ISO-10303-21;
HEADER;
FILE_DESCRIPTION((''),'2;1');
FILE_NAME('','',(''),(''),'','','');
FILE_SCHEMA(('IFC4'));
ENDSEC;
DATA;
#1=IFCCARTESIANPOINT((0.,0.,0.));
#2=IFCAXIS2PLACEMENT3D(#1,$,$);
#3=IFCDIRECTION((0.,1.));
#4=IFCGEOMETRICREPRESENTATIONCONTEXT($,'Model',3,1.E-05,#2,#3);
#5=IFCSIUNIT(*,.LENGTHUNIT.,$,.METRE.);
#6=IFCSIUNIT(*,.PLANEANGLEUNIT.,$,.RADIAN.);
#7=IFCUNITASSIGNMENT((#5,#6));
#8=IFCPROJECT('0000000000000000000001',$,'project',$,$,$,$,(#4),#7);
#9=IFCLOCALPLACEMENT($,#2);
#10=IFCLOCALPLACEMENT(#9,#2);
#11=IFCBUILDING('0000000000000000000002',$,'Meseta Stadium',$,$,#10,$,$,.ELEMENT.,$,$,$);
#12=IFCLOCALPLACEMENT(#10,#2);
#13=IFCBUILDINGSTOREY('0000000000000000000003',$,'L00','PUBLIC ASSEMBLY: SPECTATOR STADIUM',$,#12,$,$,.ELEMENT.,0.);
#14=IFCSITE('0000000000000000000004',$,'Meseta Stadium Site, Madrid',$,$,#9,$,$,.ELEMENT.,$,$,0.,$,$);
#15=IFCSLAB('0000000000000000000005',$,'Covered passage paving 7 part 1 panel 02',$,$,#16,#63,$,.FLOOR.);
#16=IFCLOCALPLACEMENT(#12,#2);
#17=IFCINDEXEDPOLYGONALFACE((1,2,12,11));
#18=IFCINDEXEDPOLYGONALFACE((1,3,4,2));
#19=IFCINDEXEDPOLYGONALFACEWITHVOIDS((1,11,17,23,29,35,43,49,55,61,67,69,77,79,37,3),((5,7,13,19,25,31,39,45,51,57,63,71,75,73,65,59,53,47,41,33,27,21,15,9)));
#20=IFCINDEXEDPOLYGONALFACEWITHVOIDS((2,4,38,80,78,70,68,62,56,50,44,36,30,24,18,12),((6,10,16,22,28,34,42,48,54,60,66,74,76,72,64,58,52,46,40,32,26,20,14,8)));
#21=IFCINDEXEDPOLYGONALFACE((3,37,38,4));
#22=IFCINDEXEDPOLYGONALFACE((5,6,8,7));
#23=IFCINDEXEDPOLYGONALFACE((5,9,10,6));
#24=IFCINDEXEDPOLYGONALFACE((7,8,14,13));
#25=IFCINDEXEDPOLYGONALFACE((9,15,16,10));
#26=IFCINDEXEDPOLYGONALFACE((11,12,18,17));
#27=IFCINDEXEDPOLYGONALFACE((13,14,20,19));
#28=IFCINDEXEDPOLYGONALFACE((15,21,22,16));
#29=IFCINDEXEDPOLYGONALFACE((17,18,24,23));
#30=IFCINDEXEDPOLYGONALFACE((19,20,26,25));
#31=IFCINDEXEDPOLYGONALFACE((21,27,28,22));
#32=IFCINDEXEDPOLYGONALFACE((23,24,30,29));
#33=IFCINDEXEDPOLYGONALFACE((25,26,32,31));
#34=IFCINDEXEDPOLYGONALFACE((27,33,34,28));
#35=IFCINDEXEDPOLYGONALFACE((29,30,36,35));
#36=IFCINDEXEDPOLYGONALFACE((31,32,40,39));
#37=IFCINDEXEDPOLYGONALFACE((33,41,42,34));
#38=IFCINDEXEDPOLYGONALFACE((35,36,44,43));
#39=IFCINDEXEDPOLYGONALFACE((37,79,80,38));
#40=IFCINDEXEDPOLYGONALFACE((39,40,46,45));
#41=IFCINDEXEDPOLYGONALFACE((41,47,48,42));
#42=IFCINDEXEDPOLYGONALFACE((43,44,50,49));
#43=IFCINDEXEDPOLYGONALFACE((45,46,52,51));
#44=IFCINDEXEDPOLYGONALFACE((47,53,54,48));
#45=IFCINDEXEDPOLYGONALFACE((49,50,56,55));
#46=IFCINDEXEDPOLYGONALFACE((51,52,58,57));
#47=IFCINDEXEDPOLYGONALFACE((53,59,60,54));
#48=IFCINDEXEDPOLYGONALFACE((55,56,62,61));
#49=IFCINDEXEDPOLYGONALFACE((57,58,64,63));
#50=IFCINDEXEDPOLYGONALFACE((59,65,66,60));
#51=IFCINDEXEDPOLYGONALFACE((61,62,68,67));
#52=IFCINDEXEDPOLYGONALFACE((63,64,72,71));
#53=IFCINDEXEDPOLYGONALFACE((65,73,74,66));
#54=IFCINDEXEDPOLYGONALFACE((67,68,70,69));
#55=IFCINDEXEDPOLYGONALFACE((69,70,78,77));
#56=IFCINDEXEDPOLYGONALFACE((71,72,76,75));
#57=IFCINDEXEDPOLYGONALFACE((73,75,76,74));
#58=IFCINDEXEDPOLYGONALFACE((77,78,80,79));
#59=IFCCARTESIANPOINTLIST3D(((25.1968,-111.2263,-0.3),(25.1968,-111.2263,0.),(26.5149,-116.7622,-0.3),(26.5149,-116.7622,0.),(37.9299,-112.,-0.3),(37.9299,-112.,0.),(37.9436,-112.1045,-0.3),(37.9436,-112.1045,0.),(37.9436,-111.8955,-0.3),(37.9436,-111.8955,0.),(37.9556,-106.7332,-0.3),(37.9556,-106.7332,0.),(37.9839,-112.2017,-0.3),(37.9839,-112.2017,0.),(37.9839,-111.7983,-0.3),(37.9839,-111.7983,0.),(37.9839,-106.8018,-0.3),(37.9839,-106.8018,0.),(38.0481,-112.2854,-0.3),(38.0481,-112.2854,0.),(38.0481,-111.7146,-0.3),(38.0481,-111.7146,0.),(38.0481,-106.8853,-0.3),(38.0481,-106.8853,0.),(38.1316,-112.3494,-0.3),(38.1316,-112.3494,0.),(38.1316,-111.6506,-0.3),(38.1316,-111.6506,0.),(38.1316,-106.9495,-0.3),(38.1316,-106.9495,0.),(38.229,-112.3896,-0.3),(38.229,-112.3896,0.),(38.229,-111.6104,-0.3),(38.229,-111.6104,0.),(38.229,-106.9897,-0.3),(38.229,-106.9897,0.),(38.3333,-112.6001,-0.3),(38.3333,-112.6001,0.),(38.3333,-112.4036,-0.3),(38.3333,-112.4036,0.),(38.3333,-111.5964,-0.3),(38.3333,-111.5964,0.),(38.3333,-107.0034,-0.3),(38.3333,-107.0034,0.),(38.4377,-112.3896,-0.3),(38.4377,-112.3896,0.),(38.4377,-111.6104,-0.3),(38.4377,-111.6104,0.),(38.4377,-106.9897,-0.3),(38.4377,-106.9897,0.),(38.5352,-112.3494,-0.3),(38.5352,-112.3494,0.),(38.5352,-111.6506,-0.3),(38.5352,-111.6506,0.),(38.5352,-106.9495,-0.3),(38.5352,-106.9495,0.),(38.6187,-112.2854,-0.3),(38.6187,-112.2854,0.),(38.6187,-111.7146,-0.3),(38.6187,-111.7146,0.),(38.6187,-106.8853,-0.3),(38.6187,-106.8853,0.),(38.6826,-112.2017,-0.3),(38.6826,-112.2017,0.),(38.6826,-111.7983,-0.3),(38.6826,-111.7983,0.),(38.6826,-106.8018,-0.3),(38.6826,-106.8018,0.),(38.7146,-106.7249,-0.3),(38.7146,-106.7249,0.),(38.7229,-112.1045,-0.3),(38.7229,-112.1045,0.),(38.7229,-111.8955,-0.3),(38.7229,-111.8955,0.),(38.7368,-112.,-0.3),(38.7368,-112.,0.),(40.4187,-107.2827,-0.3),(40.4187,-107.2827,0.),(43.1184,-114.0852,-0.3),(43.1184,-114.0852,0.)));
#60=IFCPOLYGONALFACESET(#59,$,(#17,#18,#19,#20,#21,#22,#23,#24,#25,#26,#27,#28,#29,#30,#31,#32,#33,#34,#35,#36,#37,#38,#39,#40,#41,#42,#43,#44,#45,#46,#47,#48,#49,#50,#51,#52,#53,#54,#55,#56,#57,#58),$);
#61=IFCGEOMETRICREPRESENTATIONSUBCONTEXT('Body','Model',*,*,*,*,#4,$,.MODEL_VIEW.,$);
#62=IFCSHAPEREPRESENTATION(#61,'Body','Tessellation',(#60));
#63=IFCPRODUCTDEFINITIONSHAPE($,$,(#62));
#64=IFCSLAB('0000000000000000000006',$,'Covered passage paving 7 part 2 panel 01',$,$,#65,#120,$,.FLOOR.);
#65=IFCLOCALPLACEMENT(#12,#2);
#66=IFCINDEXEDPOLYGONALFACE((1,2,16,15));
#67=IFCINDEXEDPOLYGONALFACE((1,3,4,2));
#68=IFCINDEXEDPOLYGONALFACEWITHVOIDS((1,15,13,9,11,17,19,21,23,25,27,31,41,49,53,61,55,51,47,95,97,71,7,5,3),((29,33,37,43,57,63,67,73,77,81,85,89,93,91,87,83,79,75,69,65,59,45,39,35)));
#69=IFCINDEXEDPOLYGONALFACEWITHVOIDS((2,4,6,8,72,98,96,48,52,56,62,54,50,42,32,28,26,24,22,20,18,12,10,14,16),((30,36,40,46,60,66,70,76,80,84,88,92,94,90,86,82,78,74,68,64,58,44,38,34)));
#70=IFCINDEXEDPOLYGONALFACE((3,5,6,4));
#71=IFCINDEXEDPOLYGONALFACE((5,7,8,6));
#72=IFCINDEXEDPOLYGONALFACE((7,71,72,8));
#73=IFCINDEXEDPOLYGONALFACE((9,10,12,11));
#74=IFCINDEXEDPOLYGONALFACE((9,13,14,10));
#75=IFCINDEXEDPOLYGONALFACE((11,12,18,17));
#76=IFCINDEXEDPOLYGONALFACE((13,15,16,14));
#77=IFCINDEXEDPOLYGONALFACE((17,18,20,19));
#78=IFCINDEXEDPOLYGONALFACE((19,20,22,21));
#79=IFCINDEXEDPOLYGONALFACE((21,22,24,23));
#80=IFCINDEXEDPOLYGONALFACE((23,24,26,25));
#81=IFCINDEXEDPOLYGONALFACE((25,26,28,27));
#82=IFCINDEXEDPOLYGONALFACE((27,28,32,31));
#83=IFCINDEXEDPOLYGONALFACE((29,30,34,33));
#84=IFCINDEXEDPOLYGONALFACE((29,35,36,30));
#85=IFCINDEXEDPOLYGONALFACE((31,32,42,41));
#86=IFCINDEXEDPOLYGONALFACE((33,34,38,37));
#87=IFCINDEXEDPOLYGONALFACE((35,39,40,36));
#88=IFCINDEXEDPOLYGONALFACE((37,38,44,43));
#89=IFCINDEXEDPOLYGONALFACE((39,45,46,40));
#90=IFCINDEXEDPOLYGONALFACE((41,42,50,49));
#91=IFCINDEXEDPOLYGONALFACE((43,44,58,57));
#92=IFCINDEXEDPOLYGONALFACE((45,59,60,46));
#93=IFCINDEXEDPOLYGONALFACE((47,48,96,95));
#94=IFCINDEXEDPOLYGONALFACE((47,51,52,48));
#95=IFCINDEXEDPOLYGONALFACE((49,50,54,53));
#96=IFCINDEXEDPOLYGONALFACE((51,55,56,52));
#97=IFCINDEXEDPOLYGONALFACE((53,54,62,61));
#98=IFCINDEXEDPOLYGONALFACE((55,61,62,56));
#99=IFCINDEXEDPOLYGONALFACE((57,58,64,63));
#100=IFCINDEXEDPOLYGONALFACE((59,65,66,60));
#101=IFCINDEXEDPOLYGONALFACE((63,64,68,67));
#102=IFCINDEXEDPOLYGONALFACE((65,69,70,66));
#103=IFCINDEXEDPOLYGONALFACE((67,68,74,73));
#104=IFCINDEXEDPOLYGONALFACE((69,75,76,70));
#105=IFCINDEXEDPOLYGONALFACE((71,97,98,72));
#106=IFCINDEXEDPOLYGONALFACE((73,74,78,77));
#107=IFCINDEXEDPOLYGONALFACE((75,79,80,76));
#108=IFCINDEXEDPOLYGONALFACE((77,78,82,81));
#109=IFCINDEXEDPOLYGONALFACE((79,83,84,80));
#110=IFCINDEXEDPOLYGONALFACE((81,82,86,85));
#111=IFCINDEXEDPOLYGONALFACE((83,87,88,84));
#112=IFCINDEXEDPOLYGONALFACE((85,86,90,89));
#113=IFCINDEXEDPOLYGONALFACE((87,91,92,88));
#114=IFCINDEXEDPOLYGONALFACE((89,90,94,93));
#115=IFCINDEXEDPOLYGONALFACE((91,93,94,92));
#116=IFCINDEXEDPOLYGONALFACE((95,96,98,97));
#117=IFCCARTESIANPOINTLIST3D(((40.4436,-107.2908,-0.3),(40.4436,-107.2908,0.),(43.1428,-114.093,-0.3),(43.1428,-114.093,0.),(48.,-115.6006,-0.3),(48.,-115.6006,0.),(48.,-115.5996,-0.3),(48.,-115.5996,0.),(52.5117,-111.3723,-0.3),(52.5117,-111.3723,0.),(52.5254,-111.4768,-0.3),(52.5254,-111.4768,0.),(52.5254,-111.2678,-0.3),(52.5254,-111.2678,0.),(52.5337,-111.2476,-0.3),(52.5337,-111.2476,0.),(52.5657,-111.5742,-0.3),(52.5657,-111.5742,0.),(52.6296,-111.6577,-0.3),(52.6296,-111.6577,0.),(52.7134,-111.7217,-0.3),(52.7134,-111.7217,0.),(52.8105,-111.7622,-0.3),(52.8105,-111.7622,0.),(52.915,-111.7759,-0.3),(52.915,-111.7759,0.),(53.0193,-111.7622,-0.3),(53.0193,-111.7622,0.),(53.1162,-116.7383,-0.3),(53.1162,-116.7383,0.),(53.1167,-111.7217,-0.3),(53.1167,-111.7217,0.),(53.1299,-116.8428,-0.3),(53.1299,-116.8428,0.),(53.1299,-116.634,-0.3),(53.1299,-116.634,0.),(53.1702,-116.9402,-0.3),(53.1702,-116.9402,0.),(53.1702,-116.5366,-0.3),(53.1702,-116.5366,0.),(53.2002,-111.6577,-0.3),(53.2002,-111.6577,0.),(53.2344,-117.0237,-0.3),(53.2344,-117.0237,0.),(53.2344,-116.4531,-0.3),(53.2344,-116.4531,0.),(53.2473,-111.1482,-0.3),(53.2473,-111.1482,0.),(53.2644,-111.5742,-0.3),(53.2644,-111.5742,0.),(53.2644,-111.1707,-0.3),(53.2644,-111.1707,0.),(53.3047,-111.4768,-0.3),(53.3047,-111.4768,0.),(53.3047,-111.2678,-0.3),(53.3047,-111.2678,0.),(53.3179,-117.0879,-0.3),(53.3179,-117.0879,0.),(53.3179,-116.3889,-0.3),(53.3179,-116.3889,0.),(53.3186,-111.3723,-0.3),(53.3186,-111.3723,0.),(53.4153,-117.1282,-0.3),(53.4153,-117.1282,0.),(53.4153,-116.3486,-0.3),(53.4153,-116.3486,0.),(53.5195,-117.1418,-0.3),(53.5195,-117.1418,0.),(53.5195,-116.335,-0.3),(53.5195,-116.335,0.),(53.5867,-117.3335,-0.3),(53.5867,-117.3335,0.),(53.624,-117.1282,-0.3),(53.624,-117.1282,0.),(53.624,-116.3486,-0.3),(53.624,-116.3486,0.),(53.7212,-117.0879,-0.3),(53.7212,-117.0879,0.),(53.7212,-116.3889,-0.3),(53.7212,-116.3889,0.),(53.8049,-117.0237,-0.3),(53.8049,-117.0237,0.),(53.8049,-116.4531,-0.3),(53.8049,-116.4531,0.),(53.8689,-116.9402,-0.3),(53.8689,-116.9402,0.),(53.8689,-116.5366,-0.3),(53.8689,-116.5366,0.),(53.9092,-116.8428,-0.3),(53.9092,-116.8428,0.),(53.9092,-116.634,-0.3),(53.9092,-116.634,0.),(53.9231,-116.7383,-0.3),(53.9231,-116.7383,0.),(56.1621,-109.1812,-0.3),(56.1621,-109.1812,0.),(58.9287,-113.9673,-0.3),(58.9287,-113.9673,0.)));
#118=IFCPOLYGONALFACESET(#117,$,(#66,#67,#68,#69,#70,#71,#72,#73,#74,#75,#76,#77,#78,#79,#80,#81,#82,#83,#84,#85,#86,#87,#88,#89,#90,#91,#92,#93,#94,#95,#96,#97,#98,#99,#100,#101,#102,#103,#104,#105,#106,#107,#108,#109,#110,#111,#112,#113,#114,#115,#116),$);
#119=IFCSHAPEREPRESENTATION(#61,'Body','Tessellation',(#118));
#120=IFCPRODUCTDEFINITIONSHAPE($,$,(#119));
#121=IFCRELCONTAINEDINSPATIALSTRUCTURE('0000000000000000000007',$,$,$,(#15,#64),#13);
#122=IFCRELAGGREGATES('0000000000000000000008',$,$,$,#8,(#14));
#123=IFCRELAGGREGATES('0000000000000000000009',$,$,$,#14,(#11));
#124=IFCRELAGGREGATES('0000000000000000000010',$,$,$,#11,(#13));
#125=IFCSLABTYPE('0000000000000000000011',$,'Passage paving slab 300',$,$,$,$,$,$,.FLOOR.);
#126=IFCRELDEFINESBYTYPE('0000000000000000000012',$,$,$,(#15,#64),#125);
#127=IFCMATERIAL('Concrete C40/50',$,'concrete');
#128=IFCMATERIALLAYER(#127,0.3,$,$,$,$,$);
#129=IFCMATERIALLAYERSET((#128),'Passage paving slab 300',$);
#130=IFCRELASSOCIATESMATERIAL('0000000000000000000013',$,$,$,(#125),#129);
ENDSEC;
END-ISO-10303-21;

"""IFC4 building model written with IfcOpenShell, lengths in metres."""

from ifc_helpers import new_model, si_unit, direction, frame, origin, place, context, subcontext, project, spatial, polyline, outline, extrude, material, layer, layer_set, type_object, element, save


model = new_model("IFC4")

# Units and contexts
model_context = context("Model", 3, precision=1e-05, world=origin(), true_north=direction((0.0, 1.0)))
body_context = subcontext(model_context, "Body", "Model", "MODEL_VIEW")
ifc_project = project(units=[si_unit("LENGTHUNIT", "METRE"), si_unit("PLANEANGLEUNIT", "RADIAN")], contexts=[model_context])

# Site, building, storey
site_placement = place(None, origin())
site = spatial("IfcSite", under=ifc_project, at=site_placement, Name="Meseta Stadium Site, Madrid", CompositionType="ELEMENT", RefElevation=0.0)
building_placement = place(site_placement, origin())
building = spatial("IfcBuilding", under=site, at=building_placement, Name="Meseta Stadium", CompositionType="ELEMENT")
storey_placement = place(building_placement, origin())
storey = spatial("IfcBuildingStorey", under=building, at=storey_placement, Name="L00", Description="PUBLIC ASSEMBLY: SPECTATOR STADIUM", CompositionType="ELEMENT", Elevation=0.0)

# Slabs
ifc_material_1 = material(Name="Concrete C40/50", Category="concrete")
ifc_layer_1 = layer(ifc_material_1, 0.3)
ifc_layer_set_1 = layer_set([ifc_layer_1], Name="Passage paving slab 300")
slab_type_1 = type_object("IfcSlabType", Name="Passage paving slab 300", PredefinedType="FLOOR", material=ifc_layer_set_1)
slab_1_placement = place(storey_placement, frame((0.0, 0.0, -0.3)))
element("IfcSlab", 1, at=slab_1_placement, inside=storey, type_object=slab_type_1, Name="Covered passage paving 7 part 1 panel 02", PredefinedType="FLOOR", context=body_context, shape_type="SweptSolid", body=[
    extrude(outline(polyline([(37.9839, -106.8018), (37.9556, -106.7332), (25.1968, -111.2263), (26.5149, -116.7622), (38.3333, -112.6001), (43.1184, -114.0852), (40.4187, -107.2827), (38.7146, -106.7249), (38.6826, -106.8018), (38.6187, -106.8853), (38.5352, -106.9495), (38.4377, -106.9897), (38.3333, -107.0034), (38.229, -106.9897), (38.1316, -106.9495), (38.0481, -106.8853), (37.9839, -106.8018)]), holes=[polyline([(38.3333, -112.4036), (38.229, -112.3896), (38.1316, -112.3494), (38.0481, -112.2854), (37.9839, -112.2017), (37.9436, -112.1045), (37.9299, -112.0), (37.9436, -111.8955), (37.9839, -111.7983), (38.0481, -111.7146), (38.1316, -111.6506), (38.229, -111.6104), (38.3333, -111.5964), (38.4377, -111.6104), (38.5352, -111.6506), (38.6187, -111.7146), (38.6826, -111.7983), (38.7229, -111.8955), (38.7368, -112.0), (38.7229, -112.1045), (38.6826, -112.2017), (38.6187, -112.2854), (38.5352, -112.3494), (38.4377, -112.3896), (38.3333, -112.4036)])]), origin(), (0.0, 0.0, 1.0), 0.3),
])
slab_2_placement = place(storey_placement, frame((0.0, 0.0, -0.3)))
element("IfcSlab", 2, at=slab_2_placement, inside=storey, type_object=slab_type_1, Name="Covered passage paving 7 part 2 panel 01", PredefinedType="FLOOR", context=body_context, shape_type="SweptSolid", body=[
    extrude(outline(polyline([(43.1428, -114.093), (48.0, -115.6006), (48.0, -115.5996), (53.5867, -117.3335), (58.9287, -113.9673), (56.1621, -109.1812), (53.2473, -111.1482), (53.2644, -111.1707), (53.3047, -111.2678), (53.3186, -111.3723), (53.3047, -111.4768), (53.2644, -111.5742), (53.2002, -111.6577), (53.1167, -111.7217), (53.0193, -111.7622), (52.915, -111.7759), (52.8105, -111.7622), (52.7134, -111.7217), (52.6296, -111.6577), (52.5657, -111.5742), (52.5254, -111.4768), (52.5117, -111.3723), (52.5254, -111.2678), (52.5337, -111.2476), (40.4436, -107.2908), (43.1428, -114.093)]), holes=[polyline([(53.7212, -117.0879), (53.624, -117.1282), (53.5195, -117.1418), (53.4153, -117.1282), (53.3179, -117.0879), (53.2344, -117.0237), (53.1702, -116.9402), (53.1299, -116.8428), (53.1162, -116.7383), (53.1299, -116.634), (53.1702, -116.5366), (53.2344, -116.4531), (53.3179, -116.3889), (53.4153, -116.3486), (53.5195, -116.335), (53.624, -116.3486), (53.7212, -116.3889), (53.8049, -116.4531), (53.8689, -116.5366), (53.9092, -116.634), (53.9231, -116.7383), (53.9092, -116.8428), (53.8689, -116.9402), (53.8049, -117.0237), (53.7212, -117.0879)])]), origin(), (0.0, 0.0, 1.0), 0.3),
])

save(model, "model.ifc")
